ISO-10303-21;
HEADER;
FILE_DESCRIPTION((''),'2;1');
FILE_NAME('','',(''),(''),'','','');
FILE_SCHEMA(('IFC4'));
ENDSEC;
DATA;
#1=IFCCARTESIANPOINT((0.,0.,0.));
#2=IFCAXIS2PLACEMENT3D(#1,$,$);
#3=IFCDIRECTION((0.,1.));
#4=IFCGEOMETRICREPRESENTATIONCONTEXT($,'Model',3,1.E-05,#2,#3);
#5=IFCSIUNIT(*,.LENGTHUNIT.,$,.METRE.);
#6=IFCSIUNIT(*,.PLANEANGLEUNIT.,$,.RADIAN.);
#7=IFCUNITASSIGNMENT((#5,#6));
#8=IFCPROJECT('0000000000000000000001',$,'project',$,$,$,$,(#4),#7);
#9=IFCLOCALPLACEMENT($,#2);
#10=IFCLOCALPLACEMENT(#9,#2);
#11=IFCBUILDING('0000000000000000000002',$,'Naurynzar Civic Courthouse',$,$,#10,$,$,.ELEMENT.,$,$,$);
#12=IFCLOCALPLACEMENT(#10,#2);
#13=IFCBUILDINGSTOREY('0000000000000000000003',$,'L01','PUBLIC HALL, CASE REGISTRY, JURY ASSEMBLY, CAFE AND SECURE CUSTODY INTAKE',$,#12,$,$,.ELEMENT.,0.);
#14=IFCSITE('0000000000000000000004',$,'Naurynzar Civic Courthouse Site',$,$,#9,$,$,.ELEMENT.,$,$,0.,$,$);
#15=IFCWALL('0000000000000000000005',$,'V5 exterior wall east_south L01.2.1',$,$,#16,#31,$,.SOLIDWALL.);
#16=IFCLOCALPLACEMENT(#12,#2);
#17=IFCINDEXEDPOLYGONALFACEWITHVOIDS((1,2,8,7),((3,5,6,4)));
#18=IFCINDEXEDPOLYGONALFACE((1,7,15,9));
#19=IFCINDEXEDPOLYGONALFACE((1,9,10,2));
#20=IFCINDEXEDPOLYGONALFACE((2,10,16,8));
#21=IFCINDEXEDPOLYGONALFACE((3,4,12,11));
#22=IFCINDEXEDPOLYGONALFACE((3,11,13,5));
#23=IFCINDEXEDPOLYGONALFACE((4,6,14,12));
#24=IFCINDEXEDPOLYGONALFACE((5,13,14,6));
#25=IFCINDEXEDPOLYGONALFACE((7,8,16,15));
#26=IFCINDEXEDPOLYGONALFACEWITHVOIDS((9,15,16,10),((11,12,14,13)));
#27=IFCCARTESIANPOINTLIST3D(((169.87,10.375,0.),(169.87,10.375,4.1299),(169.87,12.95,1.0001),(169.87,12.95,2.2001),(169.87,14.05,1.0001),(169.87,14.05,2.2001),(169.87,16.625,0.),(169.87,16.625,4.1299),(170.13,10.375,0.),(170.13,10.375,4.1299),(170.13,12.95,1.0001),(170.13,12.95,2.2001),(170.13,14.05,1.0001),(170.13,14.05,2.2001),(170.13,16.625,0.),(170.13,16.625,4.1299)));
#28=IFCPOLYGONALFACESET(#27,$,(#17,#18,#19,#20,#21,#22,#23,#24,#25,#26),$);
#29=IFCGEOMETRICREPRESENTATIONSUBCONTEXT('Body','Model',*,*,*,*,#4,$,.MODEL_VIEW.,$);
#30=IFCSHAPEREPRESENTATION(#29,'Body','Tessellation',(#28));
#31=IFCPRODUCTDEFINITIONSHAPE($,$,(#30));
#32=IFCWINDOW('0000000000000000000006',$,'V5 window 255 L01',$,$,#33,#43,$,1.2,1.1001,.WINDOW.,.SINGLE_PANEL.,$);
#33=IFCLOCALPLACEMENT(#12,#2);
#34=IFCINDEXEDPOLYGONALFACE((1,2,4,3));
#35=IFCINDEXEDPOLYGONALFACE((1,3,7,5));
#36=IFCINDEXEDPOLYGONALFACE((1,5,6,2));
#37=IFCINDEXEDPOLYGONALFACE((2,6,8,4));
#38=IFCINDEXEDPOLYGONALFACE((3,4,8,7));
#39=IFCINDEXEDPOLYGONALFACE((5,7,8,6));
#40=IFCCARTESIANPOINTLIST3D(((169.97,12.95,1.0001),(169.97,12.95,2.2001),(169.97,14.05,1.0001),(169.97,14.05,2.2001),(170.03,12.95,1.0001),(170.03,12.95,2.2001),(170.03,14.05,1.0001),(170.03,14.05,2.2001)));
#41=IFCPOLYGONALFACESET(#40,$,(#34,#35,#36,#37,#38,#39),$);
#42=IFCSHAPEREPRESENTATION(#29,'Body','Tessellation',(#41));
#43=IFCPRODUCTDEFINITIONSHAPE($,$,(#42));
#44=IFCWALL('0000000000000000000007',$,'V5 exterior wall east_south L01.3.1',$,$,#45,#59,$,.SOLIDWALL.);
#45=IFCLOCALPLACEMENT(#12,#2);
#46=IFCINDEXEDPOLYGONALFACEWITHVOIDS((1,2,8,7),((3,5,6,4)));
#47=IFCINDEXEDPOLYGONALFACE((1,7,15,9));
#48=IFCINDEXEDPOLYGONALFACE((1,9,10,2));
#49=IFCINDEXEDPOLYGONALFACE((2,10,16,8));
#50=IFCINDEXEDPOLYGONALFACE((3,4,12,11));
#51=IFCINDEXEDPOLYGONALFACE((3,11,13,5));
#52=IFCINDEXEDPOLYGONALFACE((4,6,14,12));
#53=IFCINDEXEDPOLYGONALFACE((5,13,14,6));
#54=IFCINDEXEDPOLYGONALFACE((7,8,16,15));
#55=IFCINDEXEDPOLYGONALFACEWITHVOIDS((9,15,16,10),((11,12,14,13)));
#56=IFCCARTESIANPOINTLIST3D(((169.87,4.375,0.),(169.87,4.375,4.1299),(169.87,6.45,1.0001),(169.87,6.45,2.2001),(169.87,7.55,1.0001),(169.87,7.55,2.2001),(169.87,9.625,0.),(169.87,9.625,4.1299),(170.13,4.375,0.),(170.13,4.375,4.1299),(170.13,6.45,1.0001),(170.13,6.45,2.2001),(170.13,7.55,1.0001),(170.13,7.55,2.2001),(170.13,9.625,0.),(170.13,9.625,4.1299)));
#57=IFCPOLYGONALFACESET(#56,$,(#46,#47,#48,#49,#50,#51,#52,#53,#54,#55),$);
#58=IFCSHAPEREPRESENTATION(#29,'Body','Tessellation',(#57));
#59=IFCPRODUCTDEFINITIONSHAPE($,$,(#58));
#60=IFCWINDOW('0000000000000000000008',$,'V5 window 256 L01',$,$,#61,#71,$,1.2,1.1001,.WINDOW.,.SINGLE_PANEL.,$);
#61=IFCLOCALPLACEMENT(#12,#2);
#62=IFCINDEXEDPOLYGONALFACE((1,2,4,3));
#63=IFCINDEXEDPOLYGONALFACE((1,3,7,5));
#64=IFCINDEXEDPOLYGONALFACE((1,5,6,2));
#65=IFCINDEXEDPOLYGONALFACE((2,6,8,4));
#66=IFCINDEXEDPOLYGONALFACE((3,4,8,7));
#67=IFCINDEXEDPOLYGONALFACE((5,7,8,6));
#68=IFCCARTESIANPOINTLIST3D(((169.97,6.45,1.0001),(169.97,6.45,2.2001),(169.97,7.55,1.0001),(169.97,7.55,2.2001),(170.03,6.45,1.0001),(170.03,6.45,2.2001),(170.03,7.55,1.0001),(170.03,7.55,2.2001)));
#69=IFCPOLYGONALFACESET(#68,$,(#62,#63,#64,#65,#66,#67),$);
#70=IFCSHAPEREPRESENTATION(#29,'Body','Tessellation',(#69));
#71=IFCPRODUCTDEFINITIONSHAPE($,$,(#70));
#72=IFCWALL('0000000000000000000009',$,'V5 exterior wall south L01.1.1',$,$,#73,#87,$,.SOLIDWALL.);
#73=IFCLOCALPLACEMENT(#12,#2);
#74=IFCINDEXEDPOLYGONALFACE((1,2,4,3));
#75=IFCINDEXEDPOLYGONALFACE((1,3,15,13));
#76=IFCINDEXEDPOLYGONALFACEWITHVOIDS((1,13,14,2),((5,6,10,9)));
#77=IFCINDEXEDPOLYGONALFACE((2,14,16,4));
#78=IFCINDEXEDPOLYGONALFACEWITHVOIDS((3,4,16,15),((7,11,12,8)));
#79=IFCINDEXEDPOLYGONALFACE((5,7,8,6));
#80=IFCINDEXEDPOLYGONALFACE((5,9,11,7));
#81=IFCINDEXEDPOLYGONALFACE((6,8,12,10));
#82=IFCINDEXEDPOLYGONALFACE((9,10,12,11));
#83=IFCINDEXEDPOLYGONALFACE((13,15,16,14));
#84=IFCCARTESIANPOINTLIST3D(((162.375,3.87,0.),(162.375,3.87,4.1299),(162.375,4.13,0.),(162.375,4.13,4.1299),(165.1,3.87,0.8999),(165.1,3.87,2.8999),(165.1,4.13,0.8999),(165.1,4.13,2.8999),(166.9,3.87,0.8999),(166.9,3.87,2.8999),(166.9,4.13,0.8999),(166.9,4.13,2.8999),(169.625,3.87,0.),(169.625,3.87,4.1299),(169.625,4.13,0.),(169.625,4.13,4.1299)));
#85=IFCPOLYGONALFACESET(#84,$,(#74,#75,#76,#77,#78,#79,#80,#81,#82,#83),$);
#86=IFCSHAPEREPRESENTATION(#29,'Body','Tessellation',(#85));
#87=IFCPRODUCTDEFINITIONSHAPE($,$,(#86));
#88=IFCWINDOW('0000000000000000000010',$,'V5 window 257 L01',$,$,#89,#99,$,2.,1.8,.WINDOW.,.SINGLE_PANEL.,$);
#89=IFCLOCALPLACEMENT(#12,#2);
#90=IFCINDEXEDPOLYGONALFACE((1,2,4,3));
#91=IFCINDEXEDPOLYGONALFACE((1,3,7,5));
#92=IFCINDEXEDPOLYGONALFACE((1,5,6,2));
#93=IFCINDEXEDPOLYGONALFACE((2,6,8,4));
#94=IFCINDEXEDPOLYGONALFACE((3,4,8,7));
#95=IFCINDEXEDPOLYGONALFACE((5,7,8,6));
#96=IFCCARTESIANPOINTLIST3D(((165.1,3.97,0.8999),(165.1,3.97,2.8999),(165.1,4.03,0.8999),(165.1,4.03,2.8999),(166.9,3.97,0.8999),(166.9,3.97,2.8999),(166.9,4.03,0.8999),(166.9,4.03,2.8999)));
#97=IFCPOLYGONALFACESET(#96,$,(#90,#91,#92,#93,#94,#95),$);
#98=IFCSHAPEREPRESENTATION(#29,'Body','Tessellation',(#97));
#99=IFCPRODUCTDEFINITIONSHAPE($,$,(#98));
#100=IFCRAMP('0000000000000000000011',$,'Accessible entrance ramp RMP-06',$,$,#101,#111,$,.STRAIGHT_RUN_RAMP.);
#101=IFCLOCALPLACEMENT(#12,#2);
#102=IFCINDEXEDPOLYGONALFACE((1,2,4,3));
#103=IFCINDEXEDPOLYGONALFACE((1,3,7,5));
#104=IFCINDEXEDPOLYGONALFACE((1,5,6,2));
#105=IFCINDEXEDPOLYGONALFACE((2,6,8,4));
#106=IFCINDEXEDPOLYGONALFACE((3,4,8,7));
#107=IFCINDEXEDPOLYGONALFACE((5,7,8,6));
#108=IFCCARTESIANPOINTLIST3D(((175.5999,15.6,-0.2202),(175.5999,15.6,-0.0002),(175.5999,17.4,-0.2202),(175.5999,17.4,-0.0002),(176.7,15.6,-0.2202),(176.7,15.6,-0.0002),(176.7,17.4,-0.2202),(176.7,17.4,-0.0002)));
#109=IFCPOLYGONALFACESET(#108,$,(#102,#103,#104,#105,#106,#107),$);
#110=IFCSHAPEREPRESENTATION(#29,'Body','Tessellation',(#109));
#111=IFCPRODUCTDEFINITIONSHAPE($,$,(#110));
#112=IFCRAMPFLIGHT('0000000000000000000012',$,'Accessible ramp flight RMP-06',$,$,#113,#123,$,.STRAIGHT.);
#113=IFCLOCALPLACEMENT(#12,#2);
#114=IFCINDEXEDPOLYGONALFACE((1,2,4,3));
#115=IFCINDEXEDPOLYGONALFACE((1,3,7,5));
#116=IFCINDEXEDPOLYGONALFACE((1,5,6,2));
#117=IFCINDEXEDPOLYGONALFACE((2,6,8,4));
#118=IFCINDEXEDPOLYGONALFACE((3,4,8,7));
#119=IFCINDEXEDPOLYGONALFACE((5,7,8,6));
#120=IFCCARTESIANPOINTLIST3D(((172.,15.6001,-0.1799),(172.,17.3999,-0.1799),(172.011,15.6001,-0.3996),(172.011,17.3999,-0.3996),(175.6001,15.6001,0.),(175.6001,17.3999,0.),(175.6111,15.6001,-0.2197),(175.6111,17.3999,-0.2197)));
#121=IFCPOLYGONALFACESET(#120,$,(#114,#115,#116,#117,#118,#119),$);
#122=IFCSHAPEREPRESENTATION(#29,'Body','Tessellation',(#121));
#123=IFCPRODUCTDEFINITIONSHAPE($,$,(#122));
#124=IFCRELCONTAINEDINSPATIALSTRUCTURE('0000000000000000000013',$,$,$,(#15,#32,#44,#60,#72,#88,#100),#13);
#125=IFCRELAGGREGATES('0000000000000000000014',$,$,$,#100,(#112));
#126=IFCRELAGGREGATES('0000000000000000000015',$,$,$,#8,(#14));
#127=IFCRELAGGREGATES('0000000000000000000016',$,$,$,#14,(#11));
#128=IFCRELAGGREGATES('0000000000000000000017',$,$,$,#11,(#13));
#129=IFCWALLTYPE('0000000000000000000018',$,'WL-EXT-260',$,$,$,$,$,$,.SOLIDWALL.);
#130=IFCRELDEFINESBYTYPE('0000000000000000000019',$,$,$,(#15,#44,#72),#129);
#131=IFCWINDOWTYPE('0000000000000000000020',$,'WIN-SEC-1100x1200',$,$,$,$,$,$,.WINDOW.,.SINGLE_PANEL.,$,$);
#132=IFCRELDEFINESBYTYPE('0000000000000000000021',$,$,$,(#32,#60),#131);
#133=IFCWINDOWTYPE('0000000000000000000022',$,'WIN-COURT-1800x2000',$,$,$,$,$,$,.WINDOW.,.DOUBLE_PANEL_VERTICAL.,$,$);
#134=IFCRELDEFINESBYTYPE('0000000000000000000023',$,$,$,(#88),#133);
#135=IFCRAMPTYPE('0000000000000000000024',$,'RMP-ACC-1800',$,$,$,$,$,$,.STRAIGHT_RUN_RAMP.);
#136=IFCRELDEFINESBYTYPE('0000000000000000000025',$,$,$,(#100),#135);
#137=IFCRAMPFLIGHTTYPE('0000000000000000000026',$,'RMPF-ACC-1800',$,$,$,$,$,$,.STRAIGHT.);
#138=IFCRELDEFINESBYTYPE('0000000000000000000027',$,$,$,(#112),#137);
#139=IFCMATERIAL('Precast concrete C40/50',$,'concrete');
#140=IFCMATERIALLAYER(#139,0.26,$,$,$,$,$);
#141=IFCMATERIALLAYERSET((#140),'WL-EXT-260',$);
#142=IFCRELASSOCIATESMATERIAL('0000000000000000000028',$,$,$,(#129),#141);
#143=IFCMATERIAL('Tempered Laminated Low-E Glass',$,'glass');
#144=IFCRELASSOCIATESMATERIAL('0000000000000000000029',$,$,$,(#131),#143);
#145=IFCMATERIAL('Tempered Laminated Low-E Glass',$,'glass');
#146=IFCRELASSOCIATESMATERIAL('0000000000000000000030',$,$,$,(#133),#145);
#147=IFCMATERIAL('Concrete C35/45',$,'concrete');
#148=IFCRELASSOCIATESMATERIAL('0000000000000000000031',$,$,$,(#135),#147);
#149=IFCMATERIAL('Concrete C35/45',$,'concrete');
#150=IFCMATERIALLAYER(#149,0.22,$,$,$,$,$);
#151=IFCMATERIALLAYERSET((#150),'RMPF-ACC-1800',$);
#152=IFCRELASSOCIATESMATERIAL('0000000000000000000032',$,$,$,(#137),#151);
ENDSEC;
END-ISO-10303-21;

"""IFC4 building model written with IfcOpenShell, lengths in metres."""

from ifc_helpers import new_model, si_unit, direction, frame, frame_2d, origin, origin_2d, place, context, subcontext, project, spatial, polyline, rectangle, outline, extrude, material, layer, layer_set, type_object, element, fill, aggregate, save


model = new_model("IFC4")

# Units and contexts
model_context = context("Model", 3, precision=1e-05, world=origin(), true_north=direction((0.0, 1.0)))
body_context = subcontext(model_context, "Body", "Model", "MODEL_VIEW")
ifc_project = project(units=[si_unit("LENGTHUNIT", "METRE"), si_unit("PLANEANGLEUNIT", "RADIAN")], contexts=[model_context])

# Site, building, storey
site_placement = place(None, origin())
site = spatial("IfcSite", under=ifc_project, at=site_placement, Name="Naurynzar Civic Courthouse Site", CompositionType="ELEMENT", RefElevation=0.0)
building_placement = place(site_placement, origin())
building = spatial("IfcBuilding", under=site, at=building_placement, Name="Naurynzar Civic Courthouse", CompositionType="ELEMENT")
storey_placement = place(building_placement, origin())
storey = spatial("IfcBuildingStorey", under=building, at=storey_placement, Name="L01", Description="PUBLIC HALL, CASE REGISTRY, JURY ASSEMBLY, CAFE AND SECURE CUSTODY INTAKE", CompositionType="ELEMENT", Elevation=0.0)

# Walls, openings, windows
ifc_material_1 = material(Name="Precast concrete C40/50", Category="concrete")
ifc_layer_1 = layer(ifc_material_1, 0.26)
ifc_layer_set_1 = layer_set([ifc_layer_1], Name="WL-EXT-260")
wall_type = type_object("IfcWallType", Name="WL-EXT-260", PredefinedType="SOLIDWALL", material=ifc_layer_set_1)
wall_1_placement = place(storey_placement, frame((170.0, 16.625, 0.0), z_axis=(0.0, 0.0, 1.0), x_axis=(0.0, -1.0, 0.0)))
wall_1 = element("IfcWall", 1, at=wall_1_placement, inside=storey, type_object=wall_type, Name="V5 exterior wall east_south L01.2.1", PredefinedType="SOLIDWALL", context=body_context, shape_type="SweptSolid", body=[
    extrude(rectangle(XDim=6.25, YDim=0.26, at=frame_2d((3.125, 0.0))), origin(), (0.0, 0.0, 1.0), 4.1299),
])
opening_1_placement = place(wall_1_placement, frame((2.575, 0.0, 1.0)))
opening_1 = element("IfcOpeningElement", 2, at=opening_1_placement, cuts=wall_1, PredefinedType="OPENING", context=body_context, shape_type="SweptSolid", body=[
    extrude(rectangle(XDim=1.1001, YDim=1.2, at=frame_2d((0.55, 0.6001))), frame((0.0, 0.1399, 0.0), z_axis=(0.0, -1.0, 0.0), x_axis=(1.0, 0.0, 0.0)), (0.0, 0.0, 1.0), 0.28),
])
ifc_material_2 = material(Name="Tempered Laminated Low-E Glass", Category="glass")
window_type_1 = type_object("IfcWindowType", Name="WIN-SEC-1100x1200", PartitioningType="SINGLE_PANEL", PredefinedType="WINDOW", material=ifc_material_2)
window_1_placement = place(opening_1_placement, origin())
window_1 = element("IfcWindow", 3, at=window_1_placement, inside=storey, type_object=window_type_1, Name="V5 window 255 L01", OverallHeight=1.2, OverallWidth=1.1001, PartitioningType="SINGLE_PANEL", PredefinedType="WINDOW", context=body_context, shape_type="SweptSolid", body=[
    extrude(rectangle(XDim=1.1001, YDim=1.2, at=frame_2d((0.55, 0.6001))), frame((0.0, 0.03, 0.0), z_axis=(0.0, -1.0, 0.0), x_axis=(1.0, 0.0, 0.0)), (0.0, 0.0, 1.0), 0.0601),
])
fill(opening_1, window_1)
wall_2_placement = place(storey_placement, frame((170.0, 9.625, 0.0), z_axis=(0.0, 0.0, 1.0), x_axis=(0.0, -1.0, 0.0)))
wall_2 = element("IfcWall", 4, at=wall_2_placement, inside=storey, type_object=wall_type, Name="V5 exterior wall east_south L01.3.1", PredefinedType="SOLIDWALL", context=body_context, shape_type="SweptSolid", body=[
    extrude(rectangle(XDim=5.25, YDim=0.26, at=frame_2d((2.625, 0.0))), origin(), (0.0, 0.0, 1.0), 4.1299),
])
opening_2_placement = place(wall_2_placement, frame((2.075, 0.0, 1.0)))
opening_2 = element("IfcOpeningElement", 5, at=opening_2_placement, cuts=wall_2, PredefinedType="OPENING", context=body_context, shape_type="SweptSolid", body=[
    extrude(rectangle(XDim=1.1001, YDim=1.2, at=frame_2d((0.55, 0.6001))), frame((0.0, 0.1399, 0.0), z_axis=(0.0, -1.0, 0.0), x_axis=(1.0, 0.0, 0.0)), (0.0, 0.0, 1.0), 0.28),
])
window_2_placement = place(opening_2_placement, origin())
window_2 = element("IfcWindow", 6, at=window_2_placement, inside=storey, type_object=window_type_1, Name="V5 window 256 L01", OverallHeight=1.2, OverallWidth=1.1001, PartitioningType="SINGLE_PANEL", PredefinedType="WINDOW", context=body_context, shape_type="SweptSolid", body=[
    extrude(rectangle(XDim=1.1001, YDim=1.2, at=frame_2d((0.55, 0.6001))), frame((0.0, 0.03, 0.0), z_axis=(0.0, -1.0, 0.0), x_axis=(1.0, 0.0, 0.0)), (0.0, 0.0, 1.0), 0.0601),
])
fill(opening_2, window_2)
wall_3_placement = place(storey_placement, frame((169.625, 4.0, 0.0), z_axis=(0.0, 0.0, 1.0), x_axis=(-1.0, 0.0, 0.0)))
wall_3 = element("IfcWall", 7, at=wall_3_placement, inside=storey, type_object=wall_type, Name="V5 exterior wall south L01.1.1", PredefinedType="SOLIDWALL", context=body_context, shape_type="SweptSolid", body=[
    extrude(rectangle(XDim=7.25, YDim=0.26, at=frame_2d((3.625, 0.0))), origin(), (0.0, 0.0, 1.0), 4.1299),
])
opening_3_placement = place(wall_3_placement, frame((2.7251, 0.0, 0.8999)))
opening_3 = element("IfcOpeningElement", 8, at=opening_3_placement, cuts=wall_3, PredefinedType="OPENING", context=body_context, shape_type="SweptSolid", body=[
    extrude(rectangle(XDim=1.8, YDim=2.0, at=frame_2d((0.8999, 1.0))), frame((0.0, 0.1399, 0.0), z_axis=(0.0, -1.0, 0.0), x_axis=(1.0, 0.0, 0.0)), (0.0, 0.0, 1.0), 0.28),
])
ifc_material_3 = material(Name="Tempered Laminated Low-E Glass", Category="glass")
window_type_2 = type_object("IfcWindowType", Name="WIN-COURT-1800x2000", PartitioningType="DOUBLE_PANEL_VERTICAL", PredefinedType="WINDOW", material=ifc_material_3)
window_3_placement = place(opening_3_placement, origin())
window_3 = element("IfcWindow", 9, at=window_3_placement, inside=storey, type_object=window_type_2, Name="V5 window 257 L01", OverallHeight=2.0, OverallWidth=1.8, PartitioningType="SINGLE_PANEL", PredefinedType="WINDOW", context=body_context, shape_type="SweptSolid", body=[
    extrude(rectangle(XDim=1.8, YDim=2.0, at=frame_2d((0.8999, 1.0))), frame((0.0, 0.03, 0.0), z_axis=(0.0, -1.0, 0.0), x_axis=(1.0, 0.0, 0.0)), (0.0, 0.0, 1.0), 0.0601),
])
fill(opening_3, window_3)

# Ramp, ramp flight
ifc_material_4 = material(Name="Concrete C35/45", Category="concrete")
ramp_type = type_object("IfcRampType", Name="RMP-ACC-1800", PredefinedType="STRAIGHT_RUN_RAMP", material=ifc_material_4)
ramp_placement = place(storey_placement, frame((176.1499, 16.5, -0.2202), z_axis=(0.0, 0.0, 1.0), x_axis=(1.0, 0.0, 0.0)))
ramp = element("IfcRamp", 10, at=ramp_placement, inside=storey, type_object=ramp_type, Name="Accessible entrance ramp RMP-06", PredefinedType="STRAIGHT_RUN_RAMP", context=body_context, shape_type="SweptSolid", body=[
    extrude(rectangle(XDim=1.1001, YDim=1.8, at=origin_2d()), origin(), (0.0, 0.0, 1.0), 0.22),
])
ifc_material_5 = material(Name="Concrete C35/45", Category="concrete")
ifc_layer_2 = layer(ifc_material_5, 0.22)
ifc_layer_set_2 = layer_set([ifc_layer_2], Name="RMPF-ACC-1800")
ramp_flight_type = type_object("IfcRampFlightType", Name="RMPF-ACC-1800", PredefinedType="STRAIGHT", material=ifc_layer_set_2)
ramp_flight_placement = place(storey_placement, frame((172.0, 15.6001, -0.1799), z_axis=(-0.049917, 0.0, 0.998753), x_axis=(0.998753, 0.0, 0.049917)))
ramp_flight = element("IfcRampFlight", 11, at=ramp_flight_placement, type_object=ramp_flight_type, Name="Accessible ramp flight RMP-06", PredefinedType="STRAIGHT", context=body_context, shape_type="SweptSolid", body=[
    extrude(outline(polyline([(0.0, 0.0), (3.6046, 0.0), (3.6046, 1.7998), (0.0, 1.7998), (0.0, 0.0)])), origin(), (0.0, 0.0, -1.0), 0.22),
])
aggregate(ramp, [ramp_flight])

save(model, "model.ifc")
